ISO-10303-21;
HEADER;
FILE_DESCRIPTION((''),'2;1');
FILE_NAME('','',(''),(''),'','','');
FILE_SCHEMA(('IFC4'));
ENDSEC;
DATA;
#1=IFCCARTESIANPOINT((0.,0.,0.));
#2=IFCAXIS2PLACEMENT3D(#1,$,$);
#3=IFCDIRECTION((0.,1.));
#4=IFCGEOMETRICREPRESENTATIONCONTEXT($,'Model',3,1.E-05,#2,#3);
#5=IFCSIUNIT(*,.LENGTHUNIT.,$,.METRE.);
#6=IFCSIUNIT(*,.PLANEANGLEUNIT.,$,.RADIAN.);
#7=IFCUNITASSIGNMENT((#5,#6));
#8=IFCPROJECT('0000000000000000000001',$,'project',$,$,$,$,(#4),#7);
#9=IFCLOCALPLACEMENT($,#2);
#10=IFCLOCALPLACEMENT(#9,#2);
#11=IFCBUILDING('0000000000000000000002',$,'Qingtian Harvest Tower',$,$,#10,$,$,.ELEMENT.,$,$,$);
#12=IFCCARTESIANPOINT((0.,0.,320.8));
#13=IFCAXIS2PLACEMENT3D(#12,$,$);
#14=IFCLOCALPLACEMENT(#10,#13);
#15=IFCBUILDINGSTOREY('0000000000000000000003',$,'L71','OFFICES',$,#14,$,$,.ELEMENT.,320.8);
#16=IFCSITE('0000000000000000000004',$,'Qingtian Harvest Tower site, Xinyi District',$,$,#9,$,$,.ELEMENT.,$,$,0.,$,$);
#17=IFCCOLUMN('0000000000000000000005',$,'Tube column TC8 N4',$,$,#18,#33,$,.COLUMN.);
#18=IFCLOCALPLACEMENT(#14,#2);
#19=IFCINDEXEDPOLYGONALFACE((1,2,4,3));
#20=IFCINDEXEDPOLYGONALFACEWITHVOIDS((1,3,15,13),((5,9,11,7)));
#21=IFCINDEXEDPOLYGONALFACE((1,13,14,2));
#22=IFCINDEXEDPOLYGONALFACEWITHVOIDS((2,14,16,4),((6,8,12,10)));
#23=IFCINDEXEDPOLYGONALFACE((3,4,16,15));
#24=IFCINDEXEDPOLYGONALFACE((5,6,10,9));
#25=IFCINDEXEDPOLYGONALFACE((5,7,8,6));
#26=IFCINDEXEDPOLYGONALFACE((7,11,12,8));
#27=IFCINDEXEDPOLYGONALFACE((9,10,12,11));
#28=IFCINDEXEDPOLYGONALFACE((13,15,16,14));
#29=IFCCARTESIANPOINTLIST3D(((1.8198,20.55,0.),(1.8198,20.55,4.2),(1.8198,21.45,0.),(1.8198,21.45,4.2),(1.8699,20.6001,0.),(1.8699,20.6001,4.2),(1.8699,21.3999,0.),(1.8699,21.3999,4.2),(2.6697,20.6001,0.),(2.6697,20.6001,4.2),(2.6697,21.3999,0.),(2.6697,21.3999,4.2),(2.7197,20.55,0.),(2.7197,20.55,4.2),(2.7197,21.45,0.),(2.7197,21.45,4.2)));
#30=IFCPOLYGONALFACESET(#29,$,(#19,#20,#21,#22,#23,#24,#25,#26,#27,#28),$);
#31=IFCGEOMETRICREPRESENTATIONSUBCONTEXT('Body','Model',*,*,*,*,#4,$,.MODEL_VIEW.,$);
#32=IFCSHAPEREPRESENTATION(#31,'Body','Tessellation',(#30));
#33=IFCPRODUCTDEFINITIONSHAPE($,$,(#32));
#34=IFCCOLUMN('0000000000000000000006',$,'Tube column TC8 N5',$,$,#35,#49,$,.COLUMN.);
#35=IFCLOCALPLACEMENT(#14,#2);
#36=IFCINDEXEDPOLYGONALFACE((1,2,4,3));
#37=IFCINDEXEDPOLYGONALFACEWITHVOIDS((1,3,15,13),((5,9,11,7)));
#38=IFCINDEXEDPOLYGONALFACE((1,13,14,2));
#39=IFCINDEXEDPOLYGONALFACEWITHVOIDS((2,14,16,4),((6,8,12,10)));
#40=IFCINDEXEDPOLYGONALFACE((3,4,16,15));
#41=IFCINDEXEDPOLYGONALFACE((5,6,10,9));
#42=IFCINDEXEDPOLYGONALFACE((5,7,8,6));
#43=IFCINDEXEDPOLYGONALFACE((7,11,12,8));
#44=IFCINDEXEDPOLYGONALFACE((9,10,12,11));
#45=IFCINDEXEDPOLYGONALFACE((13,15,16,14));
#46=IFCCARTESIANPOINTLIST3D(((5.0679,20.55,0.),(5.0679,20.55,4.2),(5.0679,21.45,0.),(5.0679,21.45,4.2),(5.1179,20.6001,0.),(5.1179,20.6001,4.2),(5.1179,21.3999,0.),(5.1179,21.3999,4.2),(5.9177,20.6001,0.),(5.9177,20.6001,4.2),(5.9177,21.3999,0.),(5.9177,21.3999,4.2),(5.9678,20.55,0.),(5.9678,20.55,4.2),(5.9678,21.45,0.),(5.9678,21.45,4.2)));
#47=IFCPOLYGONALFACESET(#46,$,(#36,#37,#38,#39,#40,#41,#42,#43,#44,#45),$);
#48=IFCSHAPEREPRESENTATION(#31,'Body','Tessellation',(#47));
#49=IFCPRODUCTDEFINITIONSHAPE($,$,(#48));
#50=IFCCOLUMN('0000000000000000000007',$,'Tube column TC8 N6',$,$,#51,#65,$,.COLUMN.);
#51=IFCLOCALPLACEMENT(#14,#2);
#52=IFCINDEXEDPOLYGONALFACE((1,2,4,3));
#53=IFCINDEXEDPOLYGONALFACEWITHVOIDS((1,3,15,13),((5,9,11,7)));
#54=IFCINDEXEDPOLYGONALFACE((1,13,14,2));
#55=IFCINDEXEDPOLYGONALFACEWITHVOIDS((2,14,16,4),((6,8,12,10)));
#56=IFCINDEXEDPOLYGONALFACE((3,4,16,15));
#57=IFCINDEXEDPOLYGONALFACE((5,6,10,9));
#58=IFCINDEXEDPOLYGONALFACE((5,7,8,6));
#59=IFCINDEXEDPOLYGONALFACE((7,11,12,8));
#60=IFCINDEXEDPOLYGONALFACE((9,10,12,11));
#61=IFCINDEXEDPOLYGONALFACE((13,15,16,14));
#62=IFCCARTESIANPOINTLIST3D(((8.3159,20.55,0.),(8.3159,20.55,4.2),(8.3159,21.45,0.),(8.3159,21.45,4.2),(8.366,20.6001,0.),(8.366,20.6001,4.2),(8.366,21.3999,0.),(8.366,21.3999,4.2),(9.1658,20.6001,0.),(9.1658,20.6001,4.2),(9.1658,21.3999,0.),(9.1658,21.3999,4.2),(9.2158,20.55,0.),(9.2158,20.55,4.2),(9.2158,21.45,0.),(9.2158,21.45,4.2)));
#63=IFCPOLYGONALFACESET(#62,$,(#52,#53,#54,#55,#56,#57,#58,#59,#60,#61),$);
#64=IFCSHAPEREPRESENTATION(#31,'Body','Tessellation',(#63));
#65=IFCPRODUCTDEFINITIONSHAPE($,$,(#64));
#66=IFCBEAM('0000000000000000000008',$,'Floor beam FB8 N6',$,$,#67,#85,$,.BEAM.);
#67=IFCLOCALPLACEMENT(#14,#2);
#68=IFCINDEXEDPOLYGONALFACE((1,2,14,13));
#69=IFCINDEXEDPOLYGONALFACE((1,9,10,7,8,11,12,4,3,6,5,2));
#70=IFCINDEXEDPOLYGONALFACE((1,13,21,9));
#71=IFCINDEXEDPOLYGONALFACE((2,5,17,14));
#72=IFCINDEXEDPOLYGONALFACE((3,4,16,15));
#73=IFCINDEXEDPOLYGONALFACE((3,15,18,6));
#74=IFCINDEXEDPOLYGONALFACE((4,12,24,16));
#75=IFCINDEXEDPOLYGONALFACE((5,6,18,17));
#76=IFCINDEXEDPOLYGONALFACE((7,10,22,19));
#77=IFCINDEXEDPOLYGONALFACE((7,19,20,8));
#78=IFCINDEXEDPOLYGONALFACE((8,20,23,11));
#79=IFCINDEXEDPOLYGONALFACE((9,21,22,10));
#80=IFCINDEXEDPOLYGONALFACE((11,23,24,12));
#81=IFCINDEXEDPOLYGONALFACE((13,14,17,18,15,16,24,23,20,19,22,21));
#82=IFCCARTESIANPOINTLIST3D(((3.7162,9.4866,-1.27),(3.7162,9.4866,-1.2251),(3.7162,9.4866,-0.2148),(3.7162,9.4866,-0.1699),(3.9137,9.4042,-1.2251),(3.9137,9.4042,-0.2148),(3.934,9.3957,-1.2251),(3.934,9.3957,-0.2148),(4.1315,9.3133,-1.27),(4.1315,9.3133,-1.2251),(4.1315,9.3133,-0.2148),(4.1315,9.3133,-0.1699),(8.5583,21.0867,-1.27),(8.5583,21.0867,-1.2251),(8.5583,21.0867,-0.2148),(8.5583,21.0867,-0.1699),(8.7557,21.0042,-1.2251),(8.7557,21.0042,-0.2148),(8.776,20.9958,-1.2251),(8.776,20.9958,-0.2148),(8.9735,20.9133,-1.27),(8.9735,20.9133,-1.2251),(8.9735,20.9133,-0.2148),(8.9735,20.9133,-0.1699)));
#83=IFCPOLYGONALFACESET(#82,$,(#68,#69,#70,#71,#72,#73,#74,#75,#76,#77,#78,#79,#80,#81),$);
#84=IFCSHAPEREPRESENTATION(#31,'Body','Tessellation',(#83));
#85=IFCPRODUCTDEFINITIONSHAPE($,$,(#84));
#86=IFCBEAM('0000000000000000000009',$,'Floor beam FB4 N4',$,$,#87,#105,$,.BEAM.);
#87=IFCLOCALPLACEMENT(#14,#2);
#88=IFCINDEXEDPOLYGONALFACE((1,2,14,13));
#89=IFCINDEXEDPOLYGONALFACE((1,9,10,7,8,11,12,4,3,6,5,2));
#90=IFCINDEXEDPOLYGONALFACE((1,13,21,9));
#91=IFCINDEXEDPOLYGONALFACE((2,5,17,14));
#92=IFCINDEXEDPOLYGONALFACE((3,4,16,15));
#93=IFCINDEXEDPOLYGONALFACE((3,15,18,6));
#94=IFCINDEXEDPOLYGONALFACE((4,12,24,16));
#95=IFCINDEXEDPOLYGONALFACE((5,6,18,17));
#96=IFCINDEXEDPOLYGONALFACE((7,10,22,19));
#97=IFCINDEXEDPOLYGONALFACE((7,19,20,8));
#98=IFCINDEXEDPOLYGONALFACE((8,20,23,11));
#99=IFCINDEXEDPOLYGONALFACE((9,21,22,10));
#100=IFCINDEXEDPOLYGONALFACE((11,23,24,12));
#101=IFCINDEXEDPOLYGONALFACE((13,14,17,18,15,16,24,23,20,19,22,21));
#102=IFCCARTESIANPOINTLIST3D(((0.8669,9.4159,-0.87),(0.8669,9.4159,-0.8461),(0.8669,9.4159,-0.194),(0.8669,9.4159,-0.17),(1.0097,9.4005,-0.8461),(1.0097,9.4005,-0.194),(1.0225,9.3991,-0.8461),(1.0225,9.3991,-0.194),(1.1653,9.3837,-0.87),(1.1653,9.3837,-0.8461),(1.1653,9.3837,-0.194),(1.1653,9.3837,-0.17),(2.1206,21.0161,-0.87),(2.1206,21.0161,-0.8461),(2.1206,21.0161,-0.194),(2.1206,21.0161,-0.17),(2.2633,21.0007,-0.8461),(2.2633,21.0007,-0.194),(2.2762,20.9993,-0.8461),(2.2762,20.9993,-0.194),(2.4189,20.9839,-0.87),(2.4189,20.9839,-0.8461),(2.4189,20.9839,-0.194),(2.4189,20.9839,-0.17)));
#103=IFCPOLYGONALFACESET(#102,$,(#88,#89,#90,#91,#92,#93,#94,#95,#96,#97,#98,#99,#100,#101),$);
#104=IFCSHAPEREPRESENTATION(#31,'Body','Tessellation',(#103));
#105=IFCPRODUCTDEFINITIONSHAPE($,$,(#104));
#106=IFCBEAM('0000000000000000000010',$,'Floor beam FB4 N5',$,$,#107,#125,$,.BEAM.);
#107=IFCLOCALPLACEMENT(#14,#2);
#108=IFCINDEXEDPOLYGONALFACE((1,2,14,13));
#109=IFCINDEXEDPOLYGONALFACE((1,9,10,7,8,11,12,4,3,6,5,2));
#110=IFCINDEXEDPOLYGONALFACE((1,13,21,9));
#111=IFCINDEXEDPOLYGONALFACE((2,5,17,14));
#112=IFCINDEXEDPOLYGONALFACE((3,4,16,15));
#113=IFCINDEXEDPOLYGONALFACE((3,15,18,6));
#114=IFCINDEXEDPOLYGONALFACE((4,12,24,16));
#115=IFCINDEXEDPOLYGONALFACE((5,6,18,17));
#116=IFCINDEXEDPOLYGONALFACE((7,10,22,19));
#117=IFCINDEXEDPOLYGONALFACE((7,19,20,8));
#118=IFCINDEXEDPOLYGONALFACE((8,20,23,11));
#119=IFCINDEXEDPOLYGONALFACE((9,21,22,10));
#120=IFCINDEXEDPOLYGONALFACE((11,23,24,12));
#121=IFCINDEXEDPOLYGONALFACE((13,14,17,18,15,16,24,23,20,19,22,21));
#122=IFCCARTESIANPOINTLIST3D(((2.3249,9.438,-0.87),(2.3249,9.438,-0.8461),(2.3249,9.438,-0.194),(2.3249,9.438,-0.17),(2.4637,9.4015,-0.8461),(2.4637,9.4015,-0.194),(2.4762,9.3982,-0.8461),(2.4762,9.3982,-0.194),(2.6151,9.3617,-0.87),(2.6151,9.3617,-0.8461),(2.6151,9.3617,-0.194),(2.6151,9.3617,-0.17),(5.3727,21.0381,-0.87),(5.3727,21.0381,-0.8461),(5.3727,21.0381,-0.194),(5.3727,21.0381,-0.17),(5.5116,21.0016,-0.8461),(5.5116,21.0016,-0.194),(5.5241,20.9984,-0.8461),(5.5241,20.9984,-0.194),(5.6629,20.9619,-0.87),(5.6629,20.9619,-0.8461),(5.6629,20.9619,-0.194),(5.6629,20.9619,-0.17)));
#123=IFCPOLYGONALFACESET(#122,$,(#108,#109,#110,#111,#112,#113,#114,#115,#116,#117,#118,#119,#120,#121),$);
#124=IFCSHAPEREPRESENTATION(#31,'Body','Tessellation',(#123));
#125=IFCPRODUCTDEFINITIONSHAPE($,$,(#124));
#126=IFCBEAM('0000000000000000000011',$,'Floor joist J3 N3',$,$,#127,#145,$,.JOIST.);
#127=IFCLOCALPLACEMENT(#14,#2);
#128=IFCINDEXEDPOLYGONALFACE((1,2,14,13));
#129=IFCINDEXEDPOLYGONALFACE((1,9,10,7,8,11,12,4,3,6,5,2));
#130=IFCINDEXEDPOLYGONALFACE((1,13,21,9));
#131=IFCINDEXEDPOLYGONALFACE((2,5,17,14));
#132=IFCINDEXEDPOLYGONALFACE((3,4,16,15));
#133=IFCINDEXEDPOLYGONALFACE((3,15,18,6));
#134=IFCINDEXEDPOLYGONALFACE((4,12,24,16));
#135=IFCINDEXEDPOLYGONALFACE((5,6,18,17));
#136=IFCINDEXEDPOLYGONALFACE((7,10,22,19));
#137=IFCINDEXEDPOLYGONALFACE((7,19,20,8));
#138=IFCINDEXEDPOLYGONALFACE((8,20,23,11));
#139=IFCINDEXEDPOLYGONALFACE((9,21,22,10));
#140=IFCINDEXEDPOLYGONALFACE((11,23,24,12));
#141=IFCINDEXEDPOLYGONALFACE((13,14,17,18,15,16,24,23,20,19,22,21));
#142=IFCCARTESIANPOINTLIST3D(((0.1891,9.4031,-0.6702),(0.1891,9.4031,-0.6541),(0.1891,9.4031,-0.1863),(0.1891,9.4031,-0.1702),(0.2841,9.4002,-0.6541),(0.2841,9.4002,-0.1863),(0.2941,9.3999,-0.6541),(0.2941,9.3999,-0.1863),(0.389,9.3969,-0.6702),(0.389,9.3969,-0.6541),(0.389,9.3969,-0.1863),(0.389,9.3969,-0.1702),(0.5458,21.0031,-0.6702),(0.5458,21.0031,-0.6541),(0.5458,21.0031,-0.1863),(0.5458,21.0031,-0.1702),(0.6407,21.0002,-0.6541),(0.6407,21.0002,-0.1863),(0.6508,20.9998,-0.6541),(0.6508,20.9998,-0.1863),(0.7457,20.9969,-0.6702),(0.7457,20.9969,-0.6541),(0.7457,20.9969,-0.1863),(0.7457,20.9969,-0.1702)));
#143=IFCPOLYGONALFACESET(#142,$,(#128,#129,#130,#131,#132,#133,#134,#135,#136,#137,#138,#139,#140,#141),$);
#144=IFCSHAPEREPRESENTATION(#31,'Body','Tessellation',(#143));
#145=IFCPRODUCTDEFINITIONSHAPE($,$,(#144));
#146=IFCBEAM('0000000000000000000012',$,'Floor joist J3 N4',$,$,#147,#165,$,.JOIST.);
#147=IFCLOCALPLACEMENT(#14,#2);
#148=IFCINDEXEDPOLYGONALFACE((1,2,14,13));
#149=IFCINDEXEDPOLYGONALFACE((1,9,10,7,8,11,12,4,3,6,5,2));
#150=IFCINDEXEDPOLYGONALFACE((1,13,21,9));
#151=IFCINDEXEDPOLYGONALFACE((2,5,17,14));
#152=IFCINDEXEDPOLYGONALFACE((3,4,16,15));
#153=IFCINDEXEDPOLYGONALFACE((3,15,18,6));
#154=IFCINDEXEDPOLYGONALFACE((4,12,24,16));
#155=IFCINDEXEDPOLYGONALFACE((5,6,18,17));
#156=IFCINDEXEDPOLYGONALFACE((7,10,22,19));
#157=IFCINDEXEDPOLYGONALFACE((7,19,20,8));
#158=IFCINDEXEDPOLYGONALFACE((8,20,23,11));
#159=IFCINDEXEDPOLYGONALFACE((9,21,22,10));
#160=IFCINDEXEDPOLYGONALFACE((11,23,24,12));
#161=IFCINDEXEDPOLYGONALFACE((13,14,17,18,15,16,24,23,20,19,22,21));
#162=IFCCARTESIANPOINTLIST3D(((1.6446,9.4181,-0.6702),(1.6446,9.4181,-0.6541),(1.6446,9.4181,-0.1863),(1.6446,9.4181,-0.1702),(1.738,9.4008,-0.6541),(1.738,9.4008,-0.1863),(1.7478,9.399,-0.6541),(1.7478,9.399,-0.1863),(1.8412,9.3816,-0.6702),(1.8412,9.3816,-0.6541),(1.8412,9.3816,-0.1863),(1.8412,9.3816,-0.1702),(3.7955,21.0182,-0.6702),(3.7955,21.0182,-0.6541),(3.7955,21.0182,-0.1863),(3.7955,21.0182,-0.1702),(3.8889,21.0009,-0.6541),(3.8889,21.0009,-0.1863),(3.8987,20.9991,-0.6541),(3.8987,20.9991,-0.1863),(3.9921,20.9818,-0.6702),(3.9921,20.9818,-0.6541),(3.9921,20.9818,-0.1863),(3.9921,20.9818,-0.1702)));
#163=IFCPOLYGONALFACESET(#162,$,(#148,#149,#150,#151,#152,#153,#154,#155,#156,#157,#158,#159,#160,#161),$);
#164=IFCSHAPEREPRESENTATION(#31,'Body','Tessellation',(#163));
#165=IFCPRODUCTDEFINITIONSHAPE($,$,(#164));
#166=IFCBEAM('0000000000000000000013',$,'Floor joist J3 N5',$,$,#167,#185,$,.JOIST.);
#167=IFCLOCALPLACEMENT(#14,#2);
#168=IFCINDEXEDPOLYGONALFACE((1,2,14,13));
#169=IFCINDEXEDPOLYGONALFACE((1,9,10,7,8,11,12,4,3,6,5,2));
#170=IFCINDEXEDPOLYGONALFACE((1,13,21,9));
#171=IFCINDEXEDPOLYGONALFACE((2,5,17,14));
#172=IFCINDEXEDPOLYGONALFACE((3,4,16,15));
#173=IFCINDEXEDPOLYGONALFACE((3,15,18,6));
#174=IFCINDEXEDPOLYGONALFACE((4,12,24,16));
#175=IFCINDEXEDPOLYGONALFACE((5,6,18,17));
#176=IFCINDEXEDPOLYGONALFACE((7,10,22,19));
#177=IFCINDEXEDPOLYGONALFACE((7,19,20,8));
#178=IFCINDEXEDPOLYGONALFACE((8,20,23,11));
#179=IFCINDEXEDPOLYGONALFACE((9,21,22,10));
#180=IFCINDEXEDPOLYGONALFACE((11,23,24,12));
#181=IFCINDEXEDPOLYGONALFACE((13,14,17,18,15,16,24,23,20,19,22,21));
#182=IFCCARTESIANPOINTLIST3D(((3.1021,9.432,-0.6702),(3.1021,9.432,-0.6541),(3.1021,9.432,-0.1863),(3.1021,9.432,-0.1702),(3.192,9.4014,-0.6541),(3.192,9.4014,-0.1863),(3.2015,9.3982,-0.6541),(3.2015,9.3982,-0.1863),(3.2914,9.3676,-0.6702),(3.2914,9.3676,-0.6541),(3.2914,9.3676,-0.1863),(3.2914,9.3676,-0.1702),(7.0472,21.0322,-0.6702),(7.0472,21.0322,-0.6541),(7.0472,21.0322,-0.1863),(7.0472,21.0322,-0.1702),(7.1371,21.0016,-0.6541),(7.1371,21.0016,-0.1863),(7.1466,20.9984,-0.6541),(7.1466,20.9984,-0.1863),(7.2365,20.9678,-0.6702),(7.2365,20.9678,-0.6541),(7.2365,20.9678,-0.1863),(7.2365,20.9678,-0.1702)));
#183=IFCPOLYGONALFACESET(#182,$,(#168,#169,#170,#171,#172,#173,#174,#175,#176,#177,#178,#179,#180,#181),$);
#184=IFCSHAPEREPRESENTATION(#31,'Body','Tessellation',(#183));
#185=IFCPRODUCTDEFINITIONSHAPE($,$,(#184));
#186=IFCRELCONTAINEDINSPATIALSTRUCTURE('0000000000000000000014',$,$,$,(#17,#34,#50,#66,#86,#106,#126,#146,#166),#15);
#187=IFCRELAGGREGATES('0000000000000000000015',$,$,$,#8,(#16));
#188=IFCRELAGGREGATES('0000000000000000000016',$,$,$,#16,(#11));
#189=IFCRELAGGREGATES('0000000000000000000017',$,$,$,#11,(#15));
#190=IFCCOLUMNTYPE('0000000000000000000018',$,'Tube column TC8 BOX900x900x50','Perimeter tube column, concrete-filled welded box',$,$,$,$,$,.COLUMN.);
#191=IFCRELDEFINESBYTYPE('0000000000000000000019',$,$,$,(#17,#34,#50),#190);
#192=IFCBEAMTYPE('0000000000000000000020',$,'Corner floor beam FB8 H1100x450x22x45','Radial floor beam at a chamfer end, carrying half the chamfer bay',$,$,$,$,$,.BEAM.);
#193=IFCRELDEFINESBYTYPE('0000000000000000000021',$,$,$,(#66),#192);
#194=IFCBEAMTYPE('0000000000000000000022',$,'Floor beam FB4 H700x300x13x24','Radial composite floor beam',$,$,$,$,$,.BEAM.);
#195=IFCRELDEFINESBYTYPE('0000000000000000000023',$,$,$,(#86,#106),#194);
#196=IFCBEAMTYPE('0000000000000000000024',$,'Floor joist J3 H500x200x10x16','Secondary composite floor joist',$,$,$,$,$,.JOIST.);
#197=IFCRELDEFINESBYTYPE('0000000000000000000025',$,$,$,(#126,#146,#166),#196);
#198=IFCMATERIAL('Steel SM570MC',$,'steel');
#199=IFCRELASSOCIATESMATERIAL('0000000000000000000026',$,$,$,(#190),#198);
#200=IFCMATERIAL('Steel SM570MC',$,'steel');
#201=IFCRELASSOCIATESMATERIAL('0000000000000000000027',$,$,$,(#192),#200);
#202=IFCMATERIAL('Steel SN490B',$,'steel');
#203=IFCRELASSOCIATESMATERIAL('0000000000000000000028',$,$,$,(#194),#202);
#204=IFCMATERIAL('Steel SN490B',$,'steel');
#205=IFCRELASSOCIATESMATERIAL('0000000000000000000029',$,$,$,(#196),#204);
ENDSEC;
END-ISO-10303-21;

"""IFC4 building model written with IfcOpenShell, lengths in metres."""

from ifc_helpers import new_model, si_unit, direction, frame, origin, origin_2d, place, context, subcontext, project, spatial, hollow_rectangle, i_section, extrude, material, material_profile, profile_set, type_object, element, save


model = new_model("IFC4")

# Units and contexts
model_context = context("Model", 3, precision=1e-05, world=origin(), true_north=direction((0.0, 1.0)))
body_context = subcontext(model_context, "Body", "Model", "MODEL_VIEW")
ifc_project = project(units=[si_unit("LENGTHUNIT", "METRE"), si_unit("PLANEANGLEUNIT", "RADIAN")], contexts=[model_context])

# Site, building, storey
site_placement = place(None, origin())
site = spatial("IfcSite", under=ifc_project, at=site_placement, Name="Qingtian Harvest Tower site, Xinyi District", CompositionType="ELEMENT", RefElevation=0.0)
building_placement = place(site_placement, origin())
building = spatial("IfcBuilding", under=site, at=building_placement, Name="Qingtian Harvest Tower", CompositionType="ELEMENT")
storey_placement = place(building_placement, frame((0.0, 0.0, 320.8)))
storey = spatial("IfcBuildingStorey", under=building, at=storey_placement, Name="L71", Description="OFFICES", CompositionType="ELEMENT", Elevation=320.8)

# Columns
ifc_material_1 = material(Name="Steel SM570MC", Category="steel")
ifc_material_profile_1 = material_profile(ifc_material_1, hollow_rectangle(XDim=0.8999, YDim=0.8999, WallThickness=0.05, at=origin_2d()), Name="BOX900x900x50")
ifc_profile_set_1 = profile_set([ifc_material_profile_1], Name="Steel SM570MC")
column_type = type_object("IfcColumnType", Name="Tube column TC8 BOX900x900x50", Description="Perimeter tube column, concrete-filled welded box", PredefinedType="COLUMN", material=ifc_profile_set_1)
for number, where, z_axis, x_axis, name in (
    (1, (2.2698, 21.0, 0.0), (0.0, 0.0, 1.0), (-1.0, 0.0, 0.0), "Tube column TC8 N4"),
    (2, (5.5178, 21.0, 0.0), (0.0, 0.0, 1.0), (-1.0, 0.0, 0.0), "Tube column TC8 N5"),
    (3, (8.7659, 21.0, 0.0), (0.0, 0.0, 1.0), (-1.0, 0.0, 0.0), "Tube column TC8 N6"),
):
    element("IfcColumn", number, at=place(storey_placement, frame(where, z_axis=z_axis, x_axis=x_axis)), inside=storey, type_object=column_type, Name=name, PredefinedType="COLUMN", context=body_context, shape_type="SweptSolid", body=[
        extrude(hollow_rectangle(XDim=0.8999, YDim=0.8999, WallThickness=0.05, at=origin_2d()), origin(), (0.0, 0.0, 1.0), 4.2),
    ])

# Beams
ifc_material_2 = material(Name="Steel SM570MC", Category="steel")
ifc_material_profile_2 = material_profile(ifc_material_2, i_section(OverallWidth=0.45, OverallDepth=1.1001, WebThickness=0.022, FlangeThickness=0.0449, at=origin_2d()), Name="H1100x450x22x45")
ifc_profile_set_2 = profile_set([ifc_material_profile_2], Name="Steel SM570MC")
beam_type_1 = type_object("IfcBeamType", Name="Corner floor beam FB8 H1100x450x22x45", Description="Radial floor beam at a chamfer end, carrying half the chamfer bay", PredefinedType="BEAM", material=ifc_profile_set_2)
beam_1_placement = place(storey_placement, frame((8.7659, 21.0, -0.72), z_axis=(-0.385203, -0.922832, 0.0), x_axis=(0.922832, -0.385203, 0.0)))
element("IfcBeam", 4, at=beam_1_placement, inside=storey, type_object=beam_type_1, Name="Floor beam FB8 N6", PredefinedType="BEAM", context=body_context, shape_type="SweptSolid", body=[
    extrude(i_section(OverallWidth=0.45, OverallDepth=1.1001, WebThickness=0.022, FlangeThickness=0.0449, at=origin_2d()), origin(), (0.0, 0.0, 1.0), 12.5701),
])
ifc_material_3 = material(Name="Steel SN490B", Category="steel")
ifc_material_profile_3 = material_profile(ifc_material_3, i_section(OverallWidth=0.3, OverallDepth=0.7, WebThickness=0.0129, FlangeThickness=0.0239, at=origin_2d()), Name="H700x300x13x24")
ifc_profile_set_3 = profile_set([ifc_material_profile_3], Name="Steel SN490B")
beam_type_2 = type_object("IfcBeamType", Name="Floor beam FB4 H700x300x13x24", Description="Radial composite floor beam", PredefinedType="BEAM", material=ifc_profile_set_3)
beam_2_placement = place(storey_placement, frame((2.2698, 21.0, -0.52), z_axis=(-0.107448, -0.994211, 0.0), x_axis=(0.994211, -0.107448, 0.0)))
element("IfcBeam", 5, at=beam_2_placement, inside=storey, type_object=beam_type_2, Name="Floor beam FB4 N4", PredefinedType="BEAM", context=body_context, shape_type="SweptSolid", body=[
    extrude(i_section(OverallWidth=0.3, OverallDepth=0.7, WebThickness=0.0129, FlangeThickness=0.0239, at=origin_2d()), origin(), (0.0, 0.0, 1.0), 11.6677),
])
beam_3_placement = place(storey_placement, frame((5.5178, 21.0, -0.52), z_axis=(-0.254119, -0.967173, 0.0), x_axis=(0.967173, -0.254119, 0.0)))
element("IfcBeam", 6, at=beam_3_placement, inside=storey, type_object=beam_type_2, Name="Floor beam FB4 N5", PredefinedType="BEAM", context=body_context, shape_type="SweptSolid", body=[
    extrude(i_section(OverallWidth=0.3, OverallDepth=0.7, WebThickness=0.0129, FlangeThickness=0.0239, at=origin_2d()), origin(), (0.0, 0.0, 1.0), 11.9939),
])
ifc_material_4 = material(Name="Steel SN490B", Category="steel")
ifc_material_profile_4 = material_profile(ifc_material_4, i_section(OverallWidth=0.2, OverallDepth=0.5, WebThickness=0.01, FlangeThickness=0.0161, at=origin_2d()), Name="H500x200x10x16")
ifc_profile_set_4 = profile_set([ifc_material_profile_4], Name="Steel SN490B")
beam_type_3 = type_object("IfcBeamType", Name="Floor joist J3 H500x200x10x16", Description="Secondary composite floor joist", PredefinedType="JOIST", material=ifc_profile_set_4)
beam_4_placement = place(storey_placement, frame((0.6458, 21.0, -0.4202), z_axis=(-0.030734, -0.999528, 0.0), x_axis=(0.999528, -0.030734, 0.0)))
element("IfcBeam", 7, at=beam_4_placement, inside=storey, type_object=beam_type_3, Name="Floor joist J3 N3", PredefinedType="JOIST", context=body_context, shape_type="SweptSolid", body=[
    extrude(i_section(OverallWidth=0.2, OverallDepth=0.5, WebThickness=0.01, FlangeThickness=0.0161, at=origin_2d()), origin(), (0.0, 0.0, 1.0), 11.6055),
])
beam_5_placement = place(storey_placement, frame((3.8938, 21.0, -0.4202), z_axis=(-0.182312, -0.983241, 0.0), x_axis=(0.983241, -0.182312, 0.0)))
element("IfcBeam", 8, at=beam_5_placement, inside=storey, type_object=beam_type_3, Name="Floor joist J3 N4", PredefinedType="JOIST", context=body_context, shape_type="SweptSolid", body=[
    extrude(i_section(OverallWidth=0.2, OverallDepth=0.5, WebThickness=0.01, FlangeThickness=0.0161, at=origin_2d()), origin(), (0.0, 0.0, 1.0), 11.7979),
])
beam_6_placement = place(storey_placement, frame((7.1418, 21.0, -0.4202), z_axis=(-0.321978, -0.946747, 0.0), x_axis=(0.946747, -0.321978, 0.0)))
element("IfcBeam", 9, at=beam_6_placement, inside=storey, type_object=beam_type_3, Name="Floor joist J3 N5", PredefinedType="JOIST", context=body_context, shape_type="SweptSolid", body=[
    extrude(i_section(OverallWidth=0.2, OverallDepth=0.5, WebThickness=0.01, FlangeThickness=0.0161, at=origin_2d()), origin(), (0.0, 0.0, 1.0), 12.2527),
])

save(model, "model.ifc")
